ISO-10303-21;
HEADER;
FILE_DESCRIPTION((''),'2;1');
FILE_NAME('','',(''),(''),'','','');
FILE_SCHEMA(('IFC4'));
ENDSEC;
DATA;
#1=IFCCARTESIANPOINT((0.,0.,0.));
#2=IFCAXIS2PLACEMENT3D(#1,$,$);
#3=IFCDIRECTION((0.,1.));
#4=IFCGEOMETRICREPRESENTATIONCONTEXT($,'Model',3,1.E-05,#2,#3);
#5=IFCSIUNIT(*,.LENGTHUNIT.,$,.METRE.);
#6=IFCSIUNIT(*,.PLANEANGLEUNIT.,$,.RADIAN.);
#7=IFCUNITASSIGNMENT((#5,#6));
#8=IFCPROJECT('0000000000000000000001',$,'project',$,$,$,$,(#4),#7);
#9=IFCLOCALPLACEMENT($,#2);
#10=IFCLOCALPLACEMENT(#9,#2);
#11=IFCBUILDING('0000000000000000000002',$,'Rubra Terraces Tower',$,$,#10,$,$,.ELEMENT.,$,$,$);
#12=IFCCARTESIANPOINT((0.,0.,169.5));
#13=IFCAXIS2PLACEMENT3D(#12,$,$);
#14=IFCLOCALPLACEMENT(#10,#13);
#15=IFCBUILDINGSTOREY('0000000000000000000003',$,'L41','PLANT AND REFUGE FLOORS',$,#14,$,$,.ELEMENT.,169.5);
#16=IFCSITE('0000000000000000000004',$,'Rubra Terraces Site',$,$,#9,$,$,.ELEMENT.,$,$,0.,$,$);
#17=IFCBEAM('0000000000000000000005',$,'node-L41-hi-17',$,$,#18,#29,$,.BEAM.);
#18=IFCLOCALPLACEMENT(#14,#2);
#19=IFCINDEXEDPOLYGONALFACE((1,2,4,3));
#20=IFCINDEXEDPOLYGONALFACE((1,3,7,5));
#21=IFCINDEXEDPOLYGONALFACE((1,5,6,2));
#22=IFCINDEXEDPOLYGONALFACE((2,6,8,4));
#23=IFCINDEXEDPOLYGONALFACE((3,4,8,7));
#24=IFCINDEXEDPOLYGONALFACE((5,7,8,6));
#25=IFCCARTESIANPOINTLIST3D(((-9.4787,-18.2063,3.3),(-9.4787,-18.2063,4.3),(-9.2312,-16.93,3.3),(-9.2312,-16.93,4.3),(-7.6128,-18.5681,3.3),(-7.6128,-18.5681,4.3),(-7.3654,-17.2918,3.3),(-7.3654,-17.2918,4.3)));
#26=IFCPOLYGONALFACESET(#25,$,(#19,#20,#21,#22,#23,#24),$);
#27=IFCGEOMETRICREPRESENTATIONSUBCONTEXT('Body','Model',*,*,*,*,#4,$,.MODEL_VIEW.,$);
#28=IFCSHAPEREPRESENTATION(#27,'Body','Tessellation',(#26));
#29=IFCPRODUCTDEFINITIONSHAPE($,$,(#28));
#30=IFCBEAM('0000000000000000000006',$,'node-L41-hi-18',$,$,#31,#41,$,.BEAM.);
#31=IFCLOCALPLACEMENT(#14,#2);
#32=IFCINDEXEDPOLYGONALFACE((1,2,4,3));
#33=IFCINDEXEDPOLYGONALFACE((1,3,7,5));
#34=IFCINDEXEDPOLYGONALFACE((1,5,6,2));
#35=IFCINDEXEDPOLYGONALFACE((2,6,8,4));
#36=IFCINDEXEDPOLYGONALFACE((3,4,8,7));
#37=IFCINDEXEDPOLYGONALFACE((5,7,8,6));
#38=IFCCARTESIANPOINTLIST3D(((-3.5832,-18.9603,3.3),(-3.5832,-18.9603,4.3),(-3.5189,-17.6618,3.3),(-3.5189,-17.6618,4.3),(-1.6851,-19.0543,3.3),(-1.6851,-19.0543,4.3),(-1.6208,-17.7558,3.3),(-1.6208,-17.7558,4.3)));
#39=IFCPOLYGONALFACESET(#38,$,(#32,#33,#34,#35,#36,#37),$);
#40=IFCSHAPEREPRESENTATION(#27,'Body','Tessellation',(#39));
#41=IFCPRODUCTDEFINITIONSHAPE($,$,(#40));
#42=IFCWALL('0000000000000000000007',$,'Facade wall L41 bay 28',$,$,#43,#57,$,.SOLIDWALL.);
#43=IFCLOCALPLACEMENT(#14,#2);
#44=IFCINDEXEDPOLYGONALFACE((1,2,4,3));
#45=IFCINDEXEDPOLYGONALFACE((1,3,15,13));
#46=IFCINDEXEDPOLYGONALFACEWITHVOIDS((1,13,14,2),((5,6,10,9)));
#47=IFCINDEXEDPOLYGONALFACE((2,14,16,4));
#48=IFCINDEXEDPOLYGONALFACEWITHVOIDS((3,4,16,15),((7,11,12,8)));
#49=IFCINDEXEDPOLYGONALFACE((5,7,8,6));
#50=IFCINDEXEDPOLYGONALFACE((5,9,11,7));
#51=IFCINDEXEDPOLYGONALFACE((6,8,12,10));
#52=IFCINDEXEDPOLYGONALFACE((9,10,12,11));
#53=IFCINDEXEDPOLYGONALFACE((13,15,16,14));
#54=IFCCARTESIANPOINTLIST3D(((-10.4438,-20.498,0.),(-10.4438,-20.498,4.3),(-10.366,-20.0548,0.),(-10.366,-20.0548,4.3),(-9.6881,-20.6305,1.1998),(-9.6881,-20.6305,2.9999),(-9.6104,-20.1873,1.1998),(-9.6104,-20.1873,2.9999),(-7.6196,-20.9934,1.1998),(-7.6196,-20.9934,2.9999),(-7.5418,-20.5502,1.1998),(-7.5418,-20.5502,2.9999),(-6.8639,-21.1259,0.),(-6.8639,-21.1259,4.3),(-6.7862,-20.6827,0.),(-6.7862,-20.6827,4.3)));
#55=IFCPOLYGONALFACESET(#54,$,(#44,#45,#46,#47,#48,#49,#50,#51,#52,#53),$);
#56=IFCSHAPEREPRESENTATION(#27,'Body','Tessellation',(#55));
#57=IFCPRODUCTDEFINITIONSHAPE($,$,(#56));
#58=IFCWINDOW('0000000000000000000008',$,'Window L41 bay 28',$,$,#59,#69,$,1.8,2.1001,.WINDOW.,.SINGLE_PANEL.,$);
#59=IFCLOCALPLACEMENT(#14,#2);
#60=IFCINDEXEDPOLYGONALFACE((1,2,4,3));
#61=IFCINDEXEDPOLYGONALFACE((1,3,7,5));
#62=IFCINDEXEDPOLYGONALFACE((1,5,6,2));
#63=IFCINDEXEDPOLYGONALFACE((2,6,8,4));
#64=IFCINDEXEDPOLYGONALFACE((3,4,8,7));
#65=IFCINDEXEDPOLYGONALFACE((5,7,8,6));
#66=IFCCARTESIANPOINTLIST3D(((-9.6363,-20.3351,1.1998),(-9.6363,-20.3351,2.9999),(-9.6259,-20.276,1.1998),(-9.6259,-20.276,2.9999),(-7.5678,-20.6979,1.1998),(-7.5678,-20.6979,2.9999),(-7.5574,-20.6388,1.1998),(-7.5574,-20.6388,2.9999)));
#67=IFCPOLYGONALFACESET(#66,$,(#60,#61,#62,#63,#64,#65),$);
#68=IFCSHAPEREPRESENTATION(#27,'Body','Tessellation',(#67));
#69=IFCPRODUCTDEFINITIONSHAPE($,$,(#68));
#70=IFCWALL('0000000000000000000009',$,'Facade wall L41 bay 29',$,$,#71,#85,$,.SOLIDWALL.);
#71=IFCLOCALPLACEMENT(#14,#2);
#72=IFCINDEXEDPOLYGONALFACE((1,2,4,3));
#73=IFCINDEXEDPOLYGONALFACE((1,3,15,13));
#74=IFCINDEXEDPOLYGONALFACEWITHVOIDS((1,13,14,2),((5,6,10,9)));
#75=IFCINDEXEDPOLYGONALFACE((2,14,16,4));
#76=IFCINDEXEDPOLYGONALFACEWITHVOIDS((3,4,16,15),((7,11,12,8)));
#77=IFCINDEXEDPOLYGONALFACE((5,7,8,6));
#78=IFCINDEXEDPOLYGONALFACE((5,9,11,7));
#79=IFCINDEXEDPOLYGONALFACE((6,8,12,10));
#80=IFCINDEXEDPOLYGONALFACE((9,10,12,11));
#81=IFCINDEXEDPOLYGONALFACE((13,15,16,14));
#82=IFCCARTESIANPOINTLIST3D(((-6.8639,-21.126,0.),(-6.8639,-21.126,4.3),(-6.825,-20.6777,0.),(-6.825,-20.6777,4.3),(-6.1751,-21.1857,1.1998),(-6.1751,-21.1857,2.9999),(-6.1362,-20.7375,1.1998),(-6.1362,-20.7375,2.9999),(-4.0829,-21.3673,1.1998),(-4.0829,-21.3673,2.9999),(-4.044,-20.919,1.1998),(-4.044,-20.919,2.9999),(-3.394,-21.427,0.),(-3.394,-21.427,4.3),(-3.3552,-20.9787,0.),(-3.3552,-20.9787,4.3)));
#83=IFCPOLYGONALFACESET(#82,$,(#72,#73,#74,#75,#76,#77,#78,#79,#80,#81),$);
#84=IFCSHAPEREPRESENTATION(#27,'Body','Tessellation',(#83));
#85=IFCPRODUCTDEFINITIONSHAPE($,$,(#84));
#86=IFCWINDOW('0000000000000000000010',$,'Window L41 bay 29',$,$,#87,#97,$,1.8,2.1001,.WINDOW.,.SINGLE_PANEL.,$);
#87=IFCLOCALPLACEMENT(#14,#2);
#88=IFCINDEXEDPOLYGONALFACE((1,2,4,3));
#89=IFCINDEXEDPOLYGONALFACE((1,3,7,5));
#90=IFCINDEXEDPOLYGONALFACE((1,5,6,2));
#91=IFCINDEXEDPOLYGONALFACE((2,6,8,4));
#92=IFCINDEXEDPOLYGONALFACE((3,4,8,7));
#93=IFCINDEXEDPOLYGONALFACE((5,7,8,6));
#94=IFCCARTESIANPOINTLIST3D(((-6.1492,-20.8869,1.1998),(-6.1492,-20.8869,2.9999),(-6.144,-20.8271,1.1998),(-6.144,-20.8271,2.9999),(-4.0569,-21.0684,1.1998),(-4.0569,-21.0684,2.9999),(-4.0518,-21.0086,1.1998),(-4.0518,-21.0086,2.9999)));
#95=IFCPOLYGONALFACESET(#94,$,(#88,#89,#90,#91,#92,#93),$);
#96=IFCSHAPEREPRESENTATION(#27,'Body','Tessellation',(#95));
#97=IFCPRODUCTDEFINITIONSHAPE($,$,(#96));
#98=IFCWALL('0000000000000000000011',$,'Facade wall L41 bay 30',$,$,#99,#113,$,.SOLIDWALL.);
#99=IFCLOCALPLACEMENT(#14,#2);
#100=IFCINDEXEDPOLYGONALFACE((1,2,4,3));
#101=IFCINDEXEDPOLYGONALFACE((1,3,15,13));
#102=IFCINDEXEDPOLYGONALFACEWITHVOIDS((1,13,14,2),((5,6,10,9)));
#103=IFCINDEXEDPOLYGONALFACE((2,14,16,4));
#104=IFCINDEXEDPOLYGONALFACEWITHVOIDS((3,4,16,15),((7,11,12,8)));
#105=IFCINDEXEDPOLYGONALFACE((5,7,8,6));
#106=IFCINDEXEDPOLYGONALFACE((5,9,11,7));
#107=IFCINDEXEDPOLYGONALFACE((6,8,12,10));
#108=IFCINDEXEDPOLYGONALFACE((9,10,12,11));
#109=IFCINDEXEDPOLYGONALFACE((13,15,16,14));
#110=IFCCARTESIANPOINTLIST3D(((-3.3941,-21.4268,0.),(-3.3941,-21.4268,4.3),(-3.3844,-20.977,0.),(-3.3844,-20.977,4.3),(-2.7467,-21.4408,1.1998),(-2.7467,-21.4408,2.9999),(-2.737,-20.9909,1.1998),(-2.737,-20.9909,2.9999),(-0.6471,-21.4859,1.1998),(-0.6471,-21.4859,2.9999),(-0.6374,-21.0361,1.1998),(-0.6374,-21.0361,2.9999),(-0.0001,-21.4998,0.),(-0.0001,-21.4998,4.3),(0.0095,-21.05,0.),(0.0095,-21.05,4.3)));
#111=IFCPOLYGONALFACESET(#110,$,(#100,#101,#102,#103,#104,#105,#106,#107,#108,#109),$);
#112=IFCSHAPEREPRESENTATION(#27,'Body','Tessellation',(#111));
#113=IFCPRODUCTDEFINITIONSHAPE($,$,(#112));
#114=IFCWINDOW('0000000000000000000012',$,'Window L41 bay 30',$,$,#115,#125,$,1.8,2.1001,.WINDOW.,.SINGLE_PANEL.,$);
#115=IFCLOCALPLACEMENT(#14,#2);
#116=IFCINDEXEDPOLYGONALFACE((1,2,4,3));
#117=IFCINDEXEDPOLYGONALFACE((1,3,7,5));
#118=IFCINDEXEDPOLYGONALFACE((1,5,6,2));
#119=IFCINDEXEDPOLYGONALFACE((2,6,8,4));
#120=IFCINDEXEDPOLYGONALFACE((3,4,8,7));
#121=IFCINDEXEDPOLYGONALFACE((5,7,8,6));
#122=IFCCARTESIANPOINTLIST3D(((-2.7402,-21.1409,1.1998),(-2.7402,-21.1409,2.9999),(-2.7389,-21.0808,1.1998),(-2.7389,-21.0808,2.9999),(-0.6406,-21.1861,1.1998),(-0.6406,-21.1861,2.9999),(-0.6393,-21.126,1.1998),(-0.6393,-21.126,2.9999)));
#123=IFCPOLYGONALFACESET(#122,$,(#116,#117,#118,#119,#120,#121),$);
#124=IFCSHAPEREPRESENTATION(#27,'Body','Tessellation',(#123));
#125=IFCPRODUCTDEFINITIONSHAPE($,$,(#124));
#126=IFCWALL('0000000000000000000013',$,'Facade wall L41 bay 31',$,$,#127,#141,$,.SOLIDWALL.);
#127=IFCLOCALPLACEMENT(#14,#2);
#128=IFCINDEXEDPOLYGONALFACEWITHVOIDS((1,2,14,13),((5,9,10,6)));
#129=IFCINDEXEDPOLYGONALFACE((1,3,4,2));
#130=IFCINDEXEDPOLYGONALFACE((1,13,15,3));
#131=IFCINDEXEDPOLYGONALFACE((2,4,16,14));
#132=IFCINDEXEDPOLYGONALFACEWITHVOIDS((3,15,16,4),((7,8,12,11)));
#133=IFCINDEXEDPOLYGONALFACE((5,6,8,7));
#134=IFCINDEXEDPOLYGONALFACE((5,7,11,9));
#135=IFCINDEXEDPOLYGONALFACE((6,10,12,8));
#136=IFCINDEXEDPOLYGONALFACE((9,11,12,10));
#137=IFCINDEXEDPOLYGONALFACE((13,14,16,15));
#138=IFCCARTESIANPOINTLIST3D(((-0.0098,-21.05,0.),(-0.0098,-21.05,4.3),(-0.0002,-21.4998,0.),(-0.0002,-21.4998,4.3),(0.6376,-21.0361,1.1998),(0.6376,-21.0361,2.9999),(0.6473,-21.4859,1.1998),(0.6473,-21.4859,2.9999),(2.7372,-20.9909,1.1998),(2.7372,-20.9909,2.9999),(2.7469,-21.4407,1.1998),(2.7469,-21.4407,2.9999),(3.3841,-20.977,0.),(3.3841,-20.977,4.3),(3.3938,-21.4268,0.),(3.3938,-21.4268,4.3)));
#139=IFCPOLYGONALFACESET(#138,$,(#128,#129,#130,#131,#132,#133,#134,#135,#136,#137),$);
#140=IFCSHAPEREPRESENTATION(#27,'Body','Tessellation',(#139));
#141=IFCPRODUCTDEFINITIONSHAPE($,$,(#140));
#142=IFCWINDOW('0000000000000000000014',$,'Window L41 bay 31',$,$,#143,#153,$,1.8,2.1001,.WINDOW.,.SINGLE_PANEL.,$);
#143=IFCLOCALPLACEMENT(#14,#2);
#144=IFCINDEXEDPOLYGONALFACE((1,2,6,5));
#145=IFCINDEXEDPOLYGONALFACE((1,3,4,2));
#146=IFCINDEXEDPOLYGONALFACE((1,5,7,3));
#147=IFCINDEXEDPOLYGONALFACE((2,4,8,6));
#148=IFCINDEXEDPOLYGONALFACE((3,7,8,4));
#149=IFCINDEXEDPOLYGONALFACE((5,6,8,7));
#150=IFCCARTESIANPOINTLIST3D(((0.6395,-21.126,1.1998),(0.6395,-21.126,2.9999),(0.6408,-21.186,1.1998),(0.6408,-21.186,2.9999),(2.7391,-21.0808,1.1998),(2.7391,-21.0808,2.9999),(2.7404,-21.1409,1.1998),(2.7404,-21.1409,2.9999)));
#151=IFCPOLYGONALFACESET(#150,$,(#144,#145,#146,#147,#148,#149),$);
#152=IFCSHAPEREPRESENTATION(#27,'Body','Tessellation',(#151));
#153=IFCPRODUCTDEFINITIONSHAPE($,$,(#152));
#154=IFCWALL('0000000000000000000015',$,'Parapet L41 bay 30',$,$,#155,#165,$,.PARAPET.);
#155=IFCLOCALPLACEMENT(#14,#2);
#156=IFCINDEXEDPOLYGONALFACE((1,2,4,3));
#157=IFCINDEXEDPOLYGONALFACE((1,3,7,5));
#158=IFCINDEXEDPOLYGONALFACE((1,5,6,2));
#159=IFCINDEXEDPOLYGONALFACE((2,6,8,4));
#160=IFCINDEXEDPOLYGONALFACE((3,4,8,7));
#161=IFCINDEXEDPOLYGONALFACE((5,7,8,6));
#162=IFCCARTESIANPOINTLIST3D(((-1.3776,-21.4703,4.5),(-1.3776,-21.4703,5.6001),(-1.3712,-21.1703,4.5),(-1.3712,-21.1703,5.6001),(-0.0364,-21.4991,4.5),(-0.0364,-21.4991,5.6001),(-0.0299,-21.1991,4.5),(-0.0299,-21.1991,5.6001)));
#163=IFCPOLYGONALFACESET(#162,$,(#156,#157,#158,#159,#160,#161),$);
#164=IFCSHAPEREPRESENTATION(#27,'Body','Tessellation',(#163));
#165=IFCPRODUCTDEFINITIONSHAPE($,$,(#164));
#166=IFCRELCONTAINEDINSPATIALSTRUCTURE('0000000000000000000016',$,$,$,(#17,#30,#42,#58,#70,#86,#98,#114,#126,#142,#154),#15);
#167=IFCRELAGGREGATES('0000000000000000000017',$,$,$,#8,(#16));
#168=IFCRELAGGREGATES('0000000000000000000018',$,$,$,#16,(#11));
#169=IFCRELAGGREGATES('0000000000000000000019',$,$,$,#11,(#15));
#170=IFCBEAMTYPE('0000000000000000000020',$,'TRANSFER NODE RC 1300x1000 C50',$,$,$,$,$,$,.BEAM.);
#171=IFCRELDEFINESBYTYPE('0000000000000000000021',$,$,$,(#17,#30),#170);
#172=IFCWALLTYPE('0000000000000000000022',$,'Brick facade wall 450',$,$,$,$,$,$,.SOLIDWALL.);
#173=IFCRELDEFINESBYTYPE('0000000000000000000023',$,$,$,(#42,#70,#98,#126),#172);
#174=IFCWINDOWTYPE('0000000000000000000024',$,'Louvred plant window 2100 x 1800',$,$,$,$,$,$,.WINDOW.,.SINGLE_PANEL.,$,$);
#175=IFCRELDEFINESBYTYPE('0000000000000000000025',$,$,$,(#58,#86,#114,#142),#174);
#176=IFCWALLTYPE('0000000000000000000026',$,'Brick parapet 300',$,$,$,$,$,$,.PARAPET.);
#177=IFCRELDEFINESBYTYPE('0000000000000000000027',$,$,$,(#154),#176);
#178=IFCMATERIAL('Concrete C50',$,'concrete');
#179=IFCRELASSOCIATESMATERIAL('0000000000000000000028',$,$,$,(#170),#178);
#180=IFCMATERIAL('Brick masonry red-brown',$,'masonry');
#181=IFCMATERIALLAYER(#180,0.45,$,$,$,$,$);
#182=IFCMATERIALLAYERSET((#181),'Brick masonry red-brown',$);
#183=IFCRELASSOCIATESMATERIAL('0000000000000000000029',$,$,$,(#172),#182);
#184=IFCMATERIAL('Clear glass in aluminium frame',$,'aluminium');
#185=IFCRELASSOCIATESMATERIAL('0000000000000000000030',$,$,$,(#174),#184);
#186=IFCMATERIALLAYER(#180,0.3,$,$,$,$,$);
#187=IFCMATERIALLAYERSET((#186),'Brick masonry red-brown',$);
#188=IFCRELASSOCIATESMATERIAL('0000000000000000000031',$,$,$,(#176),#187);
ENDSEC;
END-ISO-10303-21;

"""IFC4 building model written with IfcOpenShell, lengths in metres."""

from ifc_helpers import new_model, si_unit, direction, frame, frame_2d, origin, origin_2d, place, context, subcontext, project, spatial, rectangle, extrude, material, layer, layer_set, material_profile, profile_set, type_object, element, fill, save


model = new_model("IFC4")

# Units and contexts
model_context = context("Model", 3, precision=1e-05, world=origin(), true_north=direction((0.0, 1.0)))
body_context = subcontext(model_context, "Body", "Model", "MODEL_VIEW")
ifc_project = project(units=[si_unit("LENGTHUNIT", "METRE"), si_unit("PLANEANGLEUNIT", "RADIAN")], contexts=[model_context])

# Site, building, storey
site_placement = place(None, origin())
site = spatial("IfcSite", under=ifc_project, at=site_placement, Name="Rubra Terraces Site", CompositionType="ELEMENT", RefElevation=0.0)
building_placement = place(site_placement, origin())
building = spatial("IfcBuilding", under=site, at=building_placement, Name="Rubra Terraces Tower", CompositionType="ELEMENT")
storey_placement = place(building_placement, frame((0.0, 0.0, 169.5)))
storey = spatial("IfcBuildingStorey", under=building, at=storey_placement, Name="L41", Description="PLANT AND REFUGE FLOORS", CompositionType="ELEMENT", Elevation=169.5)

# Shared definitions
ifc_material_1 = material(Name="Concrete C50", Category="concrete")

# Beams
ifc_material_profile_1 = material_profile(ifc_material_1, rectangle(XDim=1.3, YDim=1.0, at=origin_2d()), Name="RC 1300x1000")
ifc_profile_set_1 = profile_set([ifc_material_profile_1], Name="Concrete C50")
beam_type_1 = type_object("IfcBeamType", Name="TRANSFER NODE RC 1300x1000 C50", PredefinedType="BEAM", material=ifc_profile_set_1)
beam_1_placement = place(storey_placement, frame((-9.355, -17.5681, 3.8), z_axis=(0.981715, -0.190357, 0.0), x_axis=(0.190357, 0.981715, 0.0)))
element("IfcBeam", 1, at=beam_1_placement, inside=storey, type_object=beam_type_1, Name="node-L41-hi-17", PredefinedType="BEAM", context=body_context, shape_type="SweptSolid", body=[
    extrude(rectangle(XDim=1.3, YDim=1.0, at=origin_2d()), origin(), (0.0, 0.0, 1.0), 1.9006),
])
beam_2_placement = place(storey_placement, frame((-3.551, -18.311, 3.8), z_axis=(0.998776, -0.049463, 0.0), x_axis=(0.049463, 0.998776, 0.0)))
element("IfcBeam", 2, at=beam_2_placement, inside=storey, type_object=beam_type_1, Name="node-L41-hi-18", PredefinedType="BEAM", context=body_context, shape_type="SweptSolid", body=[
    extrude(rectangle(XDim=1.3, YDim=1.0, at=origin_2d()), origin(), (0.0, 0.0, 1.0), 1.9004),
])

# Walls, openings, windows
ifc_material_2 = material(Name="Brick masonry red-brown", Category="masonry")
ifc_layer_1 = layer(ifc_material_2, 0.45)
ifc_layer_set_1 = layer_set([ifc_layer_1], Name="Brick masonry red-brown")
wall_type_1 = type_object("IfcWallType", Name="Brick facade wall 450", PredefinedType="SOLIDWALL", material=ifc_layer_set_1)
wall_1_placement = place(storey_placement, frame((-10.405, -20.2764, 0.0), z_axis=(0.0, 0.0, 1.0), x_axis=(0.984962, -0.17277, 0.0)))
wall_1 = element("IfcWall", 3, at=wall_1_placement, inside=storey, type_object=wall_type_1, Name="Facade wall L41 bay 28", PredefinedType="SOLIDWALL", context=body_context, shape_type="SweptSolid", body=[
    extrude(rectangle(XDim=3.6345, YDim=0.45, at=frame_2d((1.8174, 0.0))), origin(), (0.0, 0.0, 1.0), 4.3),
])
opening_1_placement = place(wall_1_placement, frame((0.7673, 0.0, 1.2)))
opening_1 = element("IfcOpeningElement", 4, at=opening_1_placement, cuts=wall_1, PredefinedType="OPENING", context=body_context, shape_type="SweptSolid", body=[
    extrude(rectangle(XDim=2.1001, YDim=1.8, at=frame_2d((1.05, 0.8999))), frame((0.0, 0.2349, 0.0), z_axis=(0.0, -1.0, 0.0), x_axis=(1.0, 0.0, 0.0)), (0.0, 0.0, 1.0), 0.47),
])
ifc_material_3 = material(Name="Clear glass in aluminium frame", Category="aluminium")
window_type = type_object("IfcWindowType", Name="Louvred plant window 2100 x 1800", PartitioningType="SINGLE_PANEL", PredefinedType="WINDOW", material=ifc_material_3)
window_1_placement = place(opening_1_placement, origin())
window_1 = element("IfcWindow", 5, at=window_1_placement, inside=storey, type_object=window_type, Name="Window L41 bay 28", OverallHeight=1.8, OverallWidth=2.1001, PartitioningType="SINGLE_PANEL", PredefinedType="WINDOW", context=body_context, shape_type="SweptSolid", body=[
    extrude(rectangle(XDim=2.1001, YDim=1.8, at=frame_2d((1.05, 0.8999))), frame((0.0, 0.135, 0.0), z_axis=(0.0, -1.0, 0.0), x_axis=(1.0, 0.0, 0.0)), (0.0, 0.0, 1.0), 0.0601),
])
fill(opening_1, window_1)
wall_2_placement = place(storey_placement, frame((-6.8445, -20.9019, 0.0), z_axis=(0.0, 0.0, 1.0), x_axis=(0.996258, -0.086427, 0.0)))
wall_2 = element("IfcWall", 6, at=wall_2_placement, inside=storey, type_object=wall_type_1, Name="Facade wall L41 bay 29", PredefinedType="SOLIDWALL", context=body_context, shape_type="SweptSolid", body=[
    extrude(rectangle(XDim=3.4829, YDim=0.45, at=frame_2d((1.7415, 0.0))), origin(), (0.0, 0.0, 1.0), 4.3),
])
opening_2_placement = place(wall_2_placement, frame((0.6914, 0.0, 1.2)))
opening_2 = element("IfcOpeningElement", 7, at=opening_2_placement, cuts=wall_2, PredefinedType="OPENING", context=body_context, shape_type="SweptSolid", body=[
    extrude(rectangle(XDim=2.1001, YDim=1.8, at=frame_2d((1.05, 0.8999))), frame((0.0, 0.2349, 0.0), z_axis=(0.0, -1.0, 0.0), x_axis=(1.0, 0.0, 0.0)), (0.0, 0.0, 1.0), 0.47),
])
window_2_placement = place(opening_2_placement, origin())
window_2 = element("IfcWindow", 8, at=window_2_placement, inside=storey, type_object=window_type, Name="Window L41 bay 29", OverallHeight=1.8, OverallWidth=2.1001, PartitioningType="SINGLE_PANEL", PredefinedType="WINDOW", context=body_context, shape_type="SweptSolid", body=[
    extrude(rectangle(XDim=2.1001, YDim=1.8, at=frame_2d((1.05, 0.8999))), frame((0.0, 0.135, 0.0), z_axis=(0.0, -1.0, 0.0), x_axis=(1.0, 0.0, 0.0)), (0.0, 0.0, 1.0), 0.0601),
])
fill(opening_2, window_2)
wall_3_placement = place(storey_placement, frame((-3.3892, -21.2019, 0.0), z_axis=(0.0, 0.0, 1.0), x_axis=(0.999769, -0.021503, 0.0)))
wall_3 = element("IfcWall", 9, at=wall_3_placement, inside=storey, type_object=wall_type_1, Name="Facade wall L41 bay 30", PredefinedType="SOLIDWALL", context=body_context, shape_type="SweptSolid", body=[
    extrude(rectangle(XDim=3.3948, YDim=0.45, at=frame_2d((1.6973, 0.0))), origin(), (0.0, 0.0, 1.0), 4.3),
])
opening_3_placement = place(wall_3_placement, frame((0.6475, 0.0, 1.2)))
opening_3 = element("IfcOpeningElement", 10, at=opening_3_placement, cuts=wall_3, PredefinedType="OPENING", context=body_context, shape_type="SweptSolid", body=[
    extrude(rectangle(XDim=2.1001, YDim=1.8, at=frame_2d((1.05, 0.8999))), frame((0.0, 0.2349, 0.0), z_axis=(0.0, -1.0, 0.0), x_axis=(1.0, 0.0, 0.0)), (0.0, 0.0, 1.0), 0.47),
])
window_3_placement = place(opening_3_placement, origin())
window_3 = element("IfcWindow", 11, at=window_3_placement, inside=storey, type_object=window_type, Name="Window L41 bay 30", OverallHeight=1.8, OverallWidth=2.1001, PartitioningType="SINGLE_PANEL", PredefinedType="WINDOW", context=body_context, shape_type="SweptSolid", body=[
    extrude(rectangle(XDim=2.1001, YDim=1.8, at=frame_2d((1.05, 0.8999))), frame((0.0, 0.135, 0.0), z_axis=(0.0, -1.0, 0.0), x_axis=(1.0, 0.0, 0.0)), (0.0, 0.0, 1.0), 0.0601),
])
fill(opening_3, window_3)
wall_4_placement = place(storey_placement, frame((-0.0049, -21.2749, 0.0), z_axis=(0.0, 0.0, 1.0), x_axis=(0.999769, 0.021503, 0.0)))
wall_4 = element("IfcWall", 12, at=wall_4_placement, inside=storey, type_object=wall_type_1, Name="Facade wall L41 bay 31", PredefinedType="SOLIDWALL", context=body_context, shape_type="SweptSolid", body=[
    extrude(rectangle(XDim=3.3948, YDim=0.45, at=frame_2d((1.6973, 0.0))), origin(), (0.0, 0.0, 1.0), 4.3),
])
opening_4_placement = place(wall_4_placement, frame((0.6475, 0.0, 1.2)))
opening_4 = element("IfcOpeningElement", 13, at=opening_4_placement, cuts=wall_4, PredefinedType="OPENING", context=body_context, shape_type="SweptSolid", body=[
    extrude(rectangle(XDim=2.1001, YDim=1.8, at=frame_2d((1.05, 0.8999))), frame((0.0, 0.2349, 0.0), z_axis=(0.0, -1.0, 0.0), x_axis=(1.0, 0.0, 0.0)), (0.0, 0.0, 1.0), 0.47),
])
window_4_placement = place(opening_4_placement, origin())
window_4 = element("IfcWindow", 14, at=window_4_placement, inside=storey, type_object=window_type, Name="Window L41 bay 31", OverallHeight=1.8, OverallWidth=2.1001, PartitioningType="SINGLE_PANEL", PredefinedType="WINDOW", context=body_context, shape_type="SweptSolid", body=[
    extrude(rectangle(XDim=2.1001, YDim=1.8, at=frame_2d((1.05, 0.8999))), frame((0.0, 0.135, 0.0), z_axis=(0.0, -1.0, 0.0), x_axis=(1.0, 0.0, 0.0)), (0.0, 0.0, 1.0), 0.0601),
])
fill(opening_4, window_4)

# Wall
ifc_layer_2 = layer(ifc_material_2, 0.3)
ifc_layer_set_2 = layer_set([ifc_layer_2], Name="Brick masonry red-brown")
wall_type_2 = type_object("IfcWallType", Name="Brick parapet 300", PredefinedType="PARAPET", material=ifc_layer_set_2)
wall_5_placement = place(storey_placement, frame((-1.3745, -21.3203, 4.5), z_axis=(0.0, 0.0, 1.0), x_axis=(0.999769, -0.021473, 0.0)))
element("IfcWall", 15, at=wall_5_placement, inside=storey, type_object=wall_type_2, Name="Parapet L41 bay 30", PredefinedType="PARAPET", context=body_context, shape_type="SweptSolid", body=[
    extrude(rectangle(XDim=1.3416, YDim=0.3, at=frame_2d((0.6709, 0.0))), origin(), (0.0, 0.0, 1.0), 1.1001),
])

save(model, "model.ifc")
